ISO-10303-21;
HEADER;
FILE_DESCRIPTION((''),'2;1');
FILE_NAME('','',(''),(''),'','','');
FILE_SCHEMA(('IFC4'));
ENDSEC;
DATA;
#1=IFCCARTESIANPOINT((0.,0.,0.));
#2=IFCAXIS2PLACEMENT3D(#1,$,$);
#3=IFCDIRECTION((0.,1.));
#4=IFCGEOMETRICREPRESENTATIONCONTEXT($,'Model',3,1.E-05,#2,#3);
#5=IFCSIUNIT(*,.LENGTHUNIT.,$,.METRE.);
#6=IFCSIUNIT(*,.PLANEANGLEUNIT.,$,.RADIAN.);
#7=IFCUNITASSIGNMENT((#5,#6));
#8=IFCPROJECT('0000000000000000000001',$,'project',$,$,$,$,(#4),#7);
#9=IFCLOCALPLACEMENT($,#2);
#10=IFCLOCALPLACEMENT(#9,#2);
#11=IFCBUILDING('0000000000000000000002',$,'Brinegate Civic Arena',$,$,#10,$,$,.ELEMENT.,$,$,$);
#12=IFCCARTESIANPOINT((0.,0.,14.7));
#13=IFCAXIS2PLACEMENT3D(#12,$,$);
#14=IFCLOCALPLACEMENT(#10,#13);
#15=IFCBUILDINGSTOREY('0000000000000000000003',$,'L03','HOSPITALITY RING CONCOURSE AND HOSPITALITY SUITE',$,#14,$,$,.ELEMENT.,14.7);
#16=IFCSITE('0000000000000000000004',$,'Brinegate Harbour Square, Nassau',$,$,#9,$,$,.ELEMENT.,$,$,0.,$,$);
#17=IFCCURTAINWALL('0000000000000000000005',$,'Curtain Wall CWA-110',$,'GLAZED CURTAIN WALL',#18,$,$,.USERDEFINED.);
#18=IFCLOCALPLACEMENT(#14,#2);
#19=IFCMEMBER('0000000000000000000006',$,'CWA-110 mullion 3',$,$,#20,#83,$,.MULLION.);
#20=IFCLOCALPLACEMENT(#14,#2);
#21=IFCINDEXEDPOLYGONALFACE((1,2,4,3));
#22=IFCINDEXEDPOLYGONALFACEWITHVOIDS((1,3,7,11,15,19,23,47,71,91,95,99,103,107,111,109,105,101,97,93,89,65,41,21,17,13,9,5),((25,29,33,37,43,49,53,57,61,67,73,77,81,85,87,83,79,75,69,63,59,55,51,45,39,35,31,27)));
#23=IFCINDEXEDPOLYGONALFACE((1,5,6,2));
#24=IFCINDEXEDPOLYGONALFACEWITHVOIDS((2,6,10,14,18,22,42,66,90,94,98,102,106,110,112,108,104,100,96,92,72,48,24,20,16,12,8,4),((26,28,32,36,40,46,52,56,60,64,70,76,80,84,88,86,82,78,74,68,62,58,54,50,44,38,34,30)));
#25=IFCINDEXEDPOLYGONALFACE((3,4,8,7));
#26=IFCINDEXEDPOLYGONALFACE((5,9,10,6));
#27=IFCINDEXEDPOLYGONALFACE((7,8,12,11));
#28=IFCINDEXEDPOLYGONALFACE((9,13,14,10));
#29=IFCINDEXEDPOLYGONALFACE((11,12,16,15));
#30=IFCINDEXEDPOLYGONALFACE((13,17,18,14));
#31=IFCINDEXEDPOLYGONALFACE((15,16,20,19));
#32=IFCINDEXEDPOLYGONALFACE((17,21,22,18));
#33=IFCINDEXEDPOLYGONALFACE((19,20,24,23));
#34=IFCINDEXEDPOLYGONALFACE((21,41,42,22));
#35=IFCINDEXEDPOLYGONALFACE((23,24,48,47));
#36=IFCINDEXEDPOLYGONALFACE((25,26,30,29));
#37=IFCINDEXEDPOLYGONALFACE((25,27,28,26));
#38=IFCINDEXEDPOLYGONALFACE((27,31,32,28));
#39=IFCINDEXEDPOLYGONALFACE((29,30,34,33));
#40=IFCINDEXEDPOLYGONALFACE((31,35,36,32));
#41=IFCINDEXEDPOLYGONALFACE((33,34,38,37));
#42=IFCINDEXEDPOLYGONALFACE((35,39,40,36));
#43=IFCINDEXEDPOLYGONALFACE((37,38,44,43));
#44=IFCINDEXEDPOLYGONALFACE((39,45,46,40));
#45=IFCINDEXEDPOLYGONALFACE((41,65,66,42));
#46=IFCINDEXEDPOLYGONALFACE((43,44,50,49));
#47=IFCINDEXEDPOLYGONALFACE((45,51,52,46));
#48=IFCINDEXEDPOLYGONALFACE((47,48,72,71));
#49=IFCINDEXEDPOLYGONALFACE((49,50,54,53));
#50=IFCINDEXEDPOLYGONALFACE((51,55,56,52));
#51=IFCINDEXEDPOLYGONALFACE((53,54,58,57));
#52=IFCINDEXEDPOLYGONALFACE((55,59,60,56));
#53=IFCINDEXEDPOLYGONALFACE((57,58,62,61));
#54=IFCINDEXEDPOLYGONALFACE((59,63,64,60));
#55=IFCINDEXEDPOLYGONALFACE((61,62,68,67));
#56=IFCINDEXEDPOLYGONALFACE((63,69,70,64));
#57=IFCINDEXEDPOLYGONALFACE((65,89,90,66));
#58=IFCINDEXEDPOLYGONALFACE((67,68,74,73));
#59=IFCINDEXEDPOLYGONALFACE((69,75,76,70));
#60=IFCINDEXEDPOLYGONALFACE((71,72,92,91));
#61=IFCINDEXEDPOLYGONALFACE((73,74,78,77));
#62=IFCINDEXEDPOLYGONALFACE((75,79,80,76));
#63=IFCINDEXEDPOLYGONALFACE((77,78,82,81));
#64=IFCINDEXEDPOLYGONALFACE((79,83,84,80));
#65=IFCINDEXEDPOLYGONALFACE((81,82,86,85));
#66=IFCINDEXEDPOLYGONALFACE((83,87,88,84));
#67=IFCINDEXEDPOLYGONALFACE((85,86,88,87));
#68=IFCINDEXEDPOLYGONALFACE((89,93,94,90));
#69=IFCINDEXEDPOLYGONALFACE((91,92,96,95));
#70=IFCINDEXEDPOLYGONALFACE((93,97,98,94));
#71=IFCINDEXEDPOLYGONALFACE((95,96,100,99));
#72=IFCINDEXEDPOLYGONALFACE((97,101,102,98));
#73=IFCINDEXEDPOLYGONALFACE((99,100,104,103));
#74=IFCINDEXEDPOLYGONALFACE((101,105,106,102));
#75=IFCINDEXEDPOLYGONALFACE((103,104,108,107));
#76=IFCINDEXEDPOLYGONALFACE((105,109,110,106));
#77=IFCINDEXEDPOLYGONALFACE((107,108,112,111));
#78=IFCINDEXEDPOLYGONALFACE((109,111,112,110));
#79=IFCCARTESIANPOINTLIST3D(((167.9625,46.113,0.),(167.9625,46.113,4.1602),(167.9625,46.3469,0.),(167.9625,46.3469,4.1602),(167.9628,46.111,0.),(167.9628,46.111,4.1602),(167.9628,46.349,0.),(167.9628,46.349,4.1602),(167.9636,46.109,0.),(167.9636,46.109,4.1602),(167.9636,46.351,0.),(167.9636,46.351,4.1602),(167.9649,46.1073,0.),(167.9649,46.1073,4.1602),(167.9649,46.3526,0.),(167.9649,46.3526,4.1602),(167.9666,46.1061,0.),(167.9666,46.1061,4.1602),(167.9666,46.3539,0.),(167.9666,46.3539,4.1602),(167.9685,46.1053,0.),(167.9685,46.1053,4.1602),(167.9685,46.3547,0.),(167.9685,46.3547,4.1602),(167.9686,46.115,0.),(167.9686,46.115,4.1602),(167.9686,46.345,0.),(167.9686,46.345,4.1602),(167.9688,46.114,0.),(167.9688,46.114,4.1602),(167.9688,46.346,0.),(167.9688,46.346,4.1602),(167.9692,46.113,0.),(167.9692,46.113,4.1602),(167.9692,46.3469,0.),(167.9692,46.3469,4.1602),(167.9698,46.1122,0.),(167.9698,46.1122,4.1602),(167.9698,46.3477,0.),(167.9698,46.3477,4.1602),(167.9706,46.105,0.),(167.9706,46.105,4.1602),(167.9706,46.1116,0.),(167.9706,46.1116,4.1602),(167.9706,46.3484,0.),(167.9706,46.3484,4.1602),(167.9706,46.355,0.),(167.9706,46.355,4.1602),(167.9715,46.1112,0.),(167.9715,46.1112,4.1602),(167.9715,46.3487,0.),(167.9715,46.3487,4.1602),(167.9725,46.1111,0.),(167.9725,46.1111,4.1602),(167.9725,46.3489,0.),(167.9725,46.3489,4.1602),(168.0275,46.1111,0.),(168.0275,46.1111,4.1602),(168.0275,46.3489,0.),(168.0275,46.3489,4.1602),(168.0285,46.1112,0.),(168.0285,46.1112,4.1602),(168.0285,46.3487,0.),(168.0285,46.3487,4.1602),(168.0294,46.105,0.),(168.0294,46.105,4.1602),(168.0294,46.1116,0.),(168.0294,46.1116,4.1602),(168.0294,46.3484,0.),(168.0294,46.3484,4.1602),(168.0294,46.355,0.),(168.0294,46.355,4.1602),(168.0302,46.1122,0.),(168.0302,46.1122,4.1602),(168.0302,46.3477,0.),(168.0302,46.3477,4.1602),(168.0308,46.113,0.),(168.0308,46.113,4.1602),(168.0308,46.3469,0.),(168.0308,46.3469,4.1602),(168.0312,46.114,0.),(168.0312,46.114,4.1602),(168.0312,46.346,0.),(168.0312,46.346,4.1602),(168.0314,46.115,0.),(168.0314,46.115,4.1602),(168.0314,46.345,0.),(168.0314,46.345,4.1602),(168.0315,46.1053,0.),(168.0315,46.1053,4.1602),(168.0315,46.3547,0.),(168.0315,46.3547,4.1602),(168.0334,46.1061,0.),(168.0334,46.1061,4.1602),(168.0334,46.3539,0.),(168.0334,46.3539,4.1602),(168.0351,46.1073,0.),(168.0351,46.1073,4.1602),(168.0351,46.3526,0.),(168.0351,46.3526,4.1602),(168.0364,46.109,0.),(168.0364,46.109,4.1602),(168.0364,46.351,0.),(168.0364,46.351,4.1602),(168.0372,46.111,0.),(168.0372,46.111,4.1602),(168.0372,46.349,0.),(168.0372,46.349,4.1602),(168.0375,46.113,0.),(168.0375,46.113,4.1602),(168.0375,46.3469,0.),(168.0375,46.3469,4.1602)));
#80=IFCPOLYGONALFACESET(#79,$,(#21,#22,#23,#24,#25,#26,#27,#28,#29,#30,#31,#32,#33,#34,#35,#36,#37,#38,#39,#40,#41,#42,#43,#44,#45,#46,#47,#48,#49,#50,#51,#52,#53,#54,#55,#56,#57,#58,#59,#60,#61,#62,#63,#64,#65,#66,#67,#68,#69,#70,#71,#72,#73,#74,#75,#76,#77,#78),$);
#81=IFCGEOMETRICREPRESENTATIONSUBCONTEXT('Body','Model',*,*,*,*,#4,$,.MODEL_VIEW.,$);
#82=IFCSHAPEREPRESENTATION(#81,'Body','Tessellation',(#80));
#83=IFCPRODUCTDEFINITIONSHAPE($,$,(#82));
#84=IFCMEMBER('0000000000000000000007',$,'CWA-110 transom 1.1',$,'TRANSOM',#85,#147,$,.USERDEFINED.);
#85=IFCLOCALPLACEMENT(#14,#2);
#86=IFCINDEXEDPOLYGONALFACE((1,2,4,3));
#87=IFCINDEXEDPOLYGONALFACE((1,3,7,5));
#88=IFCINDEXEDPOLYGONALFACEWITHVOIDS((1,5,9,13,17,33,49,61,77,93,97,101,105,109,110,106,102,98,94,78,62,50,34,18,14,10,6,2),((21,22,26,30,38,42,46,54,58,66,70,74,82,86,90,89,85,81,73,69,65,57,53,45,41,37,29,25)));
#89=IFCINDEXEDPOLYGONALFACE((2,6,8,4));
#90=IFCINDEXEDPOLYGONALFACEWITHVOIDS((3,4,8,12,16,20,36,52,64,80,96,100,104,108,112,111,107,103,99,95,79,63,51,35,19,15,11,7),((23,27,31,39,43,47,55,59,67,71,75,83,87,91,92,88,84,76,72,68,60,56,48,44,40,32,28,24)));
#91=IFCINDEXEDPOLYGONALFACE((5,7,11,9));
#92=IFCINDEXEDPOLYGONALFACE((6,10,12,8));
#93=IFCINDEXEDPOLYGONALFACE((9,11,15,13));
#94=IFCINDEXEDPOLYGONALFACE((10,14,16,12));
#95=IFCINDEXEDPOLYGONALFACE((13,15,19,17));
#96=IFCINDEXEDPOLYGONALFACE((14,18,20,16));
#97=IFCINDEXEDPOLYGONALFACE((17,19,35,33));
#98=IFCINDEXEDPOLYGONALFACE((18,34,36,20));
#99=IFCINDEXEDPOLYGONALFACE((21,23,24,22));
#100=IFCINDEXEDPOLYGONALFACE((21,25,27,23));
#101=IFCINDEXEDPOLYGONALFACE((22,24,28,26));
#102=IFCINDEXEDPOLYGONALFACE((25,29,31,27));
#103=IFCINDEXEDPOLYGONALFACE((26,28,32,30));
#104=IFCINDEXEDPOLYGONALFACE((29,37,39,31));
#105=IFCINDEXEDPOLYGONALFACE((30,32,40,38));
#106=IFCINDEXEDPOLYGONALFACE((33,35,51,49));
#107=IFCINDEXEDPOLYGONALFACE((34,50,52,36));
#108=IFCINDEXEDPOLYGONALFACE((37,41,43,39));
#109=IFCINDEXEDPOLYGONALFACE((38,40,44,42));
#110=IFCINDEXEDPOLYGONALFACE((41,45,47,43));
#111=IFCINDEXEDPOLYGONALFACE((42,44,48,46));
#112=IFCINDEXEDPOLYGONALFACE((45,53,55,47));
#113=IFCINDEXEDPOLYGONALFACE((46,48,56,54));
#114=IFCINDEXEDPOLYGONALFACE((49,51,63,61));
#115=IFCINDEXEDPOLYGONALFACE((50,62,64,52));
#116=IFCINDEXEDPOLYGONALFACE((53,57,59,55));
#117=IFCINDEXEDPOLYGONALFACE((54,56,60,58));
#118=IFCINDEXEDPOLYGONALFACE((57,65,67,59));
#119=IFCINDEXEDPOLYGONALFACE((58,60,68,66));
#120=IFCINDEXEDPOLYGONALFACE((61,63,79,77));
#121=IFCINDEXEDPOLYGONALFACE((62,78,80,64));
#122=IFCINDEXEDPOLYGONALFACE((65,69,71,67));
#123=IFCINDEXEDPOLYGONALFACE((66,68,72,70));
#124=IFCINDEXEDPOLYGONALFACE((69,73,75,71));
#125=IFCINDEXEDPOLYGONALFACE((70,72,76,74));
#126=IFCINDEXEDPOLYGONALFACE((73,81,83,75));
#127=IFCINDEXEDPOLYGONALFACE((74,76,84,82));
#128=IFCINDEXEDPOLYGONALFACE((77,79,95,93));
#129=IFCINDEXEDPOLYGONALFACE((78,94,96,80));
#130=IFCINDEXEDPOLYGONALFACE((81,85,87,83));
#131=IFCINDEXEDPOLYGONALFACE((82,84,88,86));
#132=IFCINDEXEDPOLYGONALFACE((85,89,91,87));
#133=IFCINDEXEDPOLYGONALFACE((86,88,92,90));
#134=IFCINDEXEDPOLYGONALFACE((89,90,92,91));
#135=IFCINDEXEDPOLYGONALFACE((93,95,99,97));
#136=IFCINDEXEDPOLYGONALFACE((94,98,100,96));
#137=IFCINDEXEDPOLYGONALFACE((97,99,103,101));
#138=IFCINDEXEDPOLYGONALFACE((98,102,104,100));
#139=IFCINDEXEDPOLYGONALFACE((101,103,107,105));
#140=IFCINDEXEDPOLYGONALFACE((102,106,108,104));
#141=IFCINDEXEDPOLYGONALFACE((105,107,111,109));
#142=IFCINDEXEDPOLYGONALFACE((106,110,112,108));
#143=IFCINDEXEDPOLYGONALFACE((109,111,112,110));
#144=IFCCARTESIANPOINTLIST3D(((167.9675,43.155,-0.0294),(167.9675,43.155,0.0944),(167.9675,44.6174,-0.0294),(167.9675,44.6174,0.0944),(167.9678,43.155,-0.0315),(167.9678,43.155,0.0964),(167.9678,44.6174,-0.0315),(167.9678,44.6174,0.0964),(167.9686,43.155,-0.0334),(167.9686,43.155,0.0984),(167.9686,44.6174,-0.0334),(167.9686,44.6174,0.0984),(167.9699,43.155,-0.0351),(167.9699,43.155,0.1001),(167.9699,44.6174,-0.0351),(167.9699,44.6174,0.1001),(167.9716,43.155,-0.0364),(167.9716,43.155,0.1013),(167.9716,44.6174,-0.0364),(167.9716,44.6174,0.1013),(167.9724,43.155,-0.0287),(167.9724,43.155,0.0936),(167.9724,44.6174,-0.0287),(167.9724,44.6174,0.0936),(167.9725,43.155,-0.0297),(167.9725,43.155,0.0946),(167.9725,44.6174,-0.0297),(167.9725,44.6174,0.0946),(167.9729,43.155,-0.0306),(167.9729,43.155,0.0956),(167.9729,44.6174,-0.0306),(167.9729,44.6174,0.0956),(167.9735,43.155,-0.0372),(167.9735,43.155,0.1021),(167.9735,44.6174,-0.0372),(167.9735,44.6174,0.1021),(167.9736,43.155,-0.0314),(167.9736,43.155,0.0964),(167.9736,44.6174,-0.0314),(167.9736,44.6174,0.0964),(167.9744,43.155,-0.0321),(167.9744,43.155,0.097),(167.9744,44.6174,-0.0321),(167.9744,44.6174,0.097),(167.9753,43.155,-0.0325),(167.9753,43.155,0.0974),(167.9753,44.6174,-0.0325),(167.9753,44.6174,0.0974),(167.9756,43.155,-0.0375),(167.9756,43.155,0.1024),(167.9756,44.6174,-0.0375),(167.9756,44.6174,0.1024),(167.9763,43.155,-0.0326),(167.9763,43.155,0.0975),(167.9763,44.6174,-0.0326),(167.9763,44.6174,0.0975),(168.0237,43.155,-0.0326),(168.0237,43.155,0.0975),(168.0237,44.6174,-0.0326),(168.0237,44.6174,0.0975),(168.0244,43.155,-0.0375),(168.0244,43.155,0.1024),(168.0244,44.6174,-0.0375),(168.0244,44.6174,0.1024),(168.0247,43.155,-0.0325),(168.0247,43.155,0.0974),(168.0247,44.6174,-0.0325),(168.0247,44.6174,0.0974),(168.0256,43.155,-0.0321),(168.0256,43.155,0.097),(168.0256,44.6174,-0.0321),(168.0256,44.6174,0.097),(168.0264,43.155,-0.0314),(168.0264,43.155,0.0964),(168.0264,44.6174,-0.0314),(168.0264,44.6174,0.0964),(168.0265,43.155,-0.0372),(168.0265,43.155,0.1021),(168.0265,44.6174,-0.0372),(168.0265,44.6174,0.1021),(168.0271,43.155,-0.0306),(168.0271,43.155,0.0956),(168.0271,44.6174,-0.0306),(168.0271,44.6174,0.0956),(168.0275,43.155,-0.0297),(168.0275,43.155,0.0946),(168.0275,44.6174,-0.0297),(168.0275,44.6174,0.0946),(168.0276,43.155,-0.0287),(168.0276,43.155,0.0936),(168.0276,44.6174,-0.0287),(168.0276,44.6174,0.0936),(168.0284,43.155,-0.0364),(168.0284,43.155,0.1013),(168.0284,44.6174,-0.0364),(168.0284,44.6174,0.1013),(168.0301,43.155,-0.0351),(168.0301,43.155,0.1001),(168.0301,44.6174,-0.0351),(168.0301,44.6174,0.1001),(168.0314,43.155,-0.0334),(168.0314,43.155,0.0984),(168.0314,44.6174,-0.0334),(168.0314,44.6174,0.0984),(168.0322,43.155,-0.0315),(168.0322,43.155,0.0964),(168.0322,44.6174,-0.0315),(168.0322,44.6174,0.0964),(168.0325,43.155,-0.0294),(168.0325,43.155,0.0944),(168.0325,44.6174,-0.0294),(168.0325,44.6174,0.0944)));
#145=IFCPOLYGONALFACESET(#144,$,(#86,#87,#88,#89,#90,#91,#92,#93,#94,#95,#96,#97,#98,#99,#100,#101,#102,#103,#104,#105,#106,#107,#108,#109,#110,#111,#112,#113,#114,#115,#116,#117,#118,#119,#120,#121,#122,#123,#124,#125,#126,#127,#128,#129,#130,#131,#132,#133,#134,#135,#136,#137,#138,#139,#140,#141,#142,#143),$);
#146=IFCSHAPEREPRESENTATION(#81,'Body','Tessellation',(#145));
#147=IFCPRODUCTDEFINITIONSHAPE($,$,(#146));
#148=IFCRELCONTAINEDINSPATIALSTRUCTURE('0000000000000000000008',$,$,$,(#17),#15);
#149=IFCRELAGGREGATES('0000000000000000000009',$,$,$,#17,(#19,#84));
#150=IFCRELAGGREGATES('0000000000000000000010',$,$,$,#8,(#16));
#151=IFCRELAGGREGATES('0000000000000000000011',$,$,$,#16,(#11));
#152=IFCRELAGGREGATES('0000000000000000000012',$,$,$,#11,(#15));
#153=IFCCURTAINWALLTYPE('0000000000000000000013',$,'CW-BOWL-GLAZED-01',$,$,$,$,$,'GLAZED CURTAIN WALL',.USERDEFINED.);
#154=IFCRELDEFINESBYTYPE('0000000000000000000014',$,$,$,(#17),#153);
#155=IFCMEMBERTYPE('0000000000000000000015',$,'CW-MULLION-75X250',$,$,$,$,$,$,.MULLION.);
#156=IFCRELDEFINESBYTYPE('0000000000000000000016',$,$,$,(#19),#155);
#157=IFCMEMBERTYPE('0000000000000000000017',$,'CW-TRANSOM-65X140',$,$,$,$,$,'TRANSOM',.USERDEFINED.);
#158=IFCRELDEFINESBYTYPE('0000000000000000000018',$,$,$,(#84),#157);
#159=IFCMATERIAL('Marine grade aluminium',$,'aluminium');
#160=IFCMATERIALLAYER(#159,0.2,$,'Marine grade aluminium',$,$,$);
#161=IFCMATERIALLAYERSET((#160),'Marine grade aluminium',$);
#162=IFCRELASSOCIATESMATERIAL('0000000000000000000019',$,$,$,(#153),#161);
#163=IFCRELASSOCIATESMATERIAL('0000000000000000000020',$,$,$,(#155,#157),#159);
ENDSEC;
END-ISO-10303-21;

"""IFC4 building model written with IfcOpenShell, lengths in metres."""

from ifc_helpers import new_model, si_unit, direction, frame, origin, origin_2d, place, context, subcontext, project, spatial, hollow_rectangle, extrude, material, layer, layer_set, material_profile, profile_set, type_object, element, aggregate, save


model = new_model("IFC4")

# Units and contexts
model_context = context("Model", 3, precision=1e-05, world=origin(), true_north=direction((0.0, 1.0)))
body_context = subcontext(model_context, "Body", "Model", "MODEL_VIEW")
ifc_project = project(units=[si_unit("LENGTHUNIT", "METRE"), si_unit("PLANEANGLEUNIT", "RADIAN")], contexts=[model_context])

# Site, building, storey
site_placement = place(None, origin())
site = spatial("IfcSite", under=ifc_project, at=site_placement, Name="Brinegate Harbour Square, Nassau", CompositionType="ELEMENT", RefElevation=0.0)
building_placement = place(site_placement, origin())
building = spatial("IfcBuilding", under=site, at=building_placement, Name="Brinegate Civic Arena", CompositionType="ELEMENT")
storey_placement = place(building_placement, frame((0.0, 0.0, 14.7)))
storey = spatial("IfcBuildingStorey", under=building, at=storey_placement, Name="L03", Description="HOSPITALITY RING CONCOURSE AND HOSPITALITY SUITE", CompositionType="ELEMENT", Elevation=14.7)

# Shared definitions
ifc_material_1 = material(Name="Marine grade aluminium", Category="aluminium")
ifc_layer_1 = layer(ifc_material_1, 0.2, Name="Marine grade aluminium")
ifc_layer_set_1 = layer_set([ifc_layer_1], Name="Marine grade aluminium")
curtain_wall_type = type_object("IfcCurtainWallType", Name="CW-BOWL-GLAZED-01", ElementType="GLAZED CURTAIN WALL", PredefinedType="USERDEFINED", material=ifc_layer_set_1)

# Curtain wall, members
curtain_wall_1_placement = place(storey_placement, origin())
curtain_wall_1 = element("IfcCurtainWall", 1, at=curtain_wall_1_placement, inside=storey, type_object=curtain_wall_type, Name="Curtain Wall CWA-110", ObjectType="GLAZED CURTAIN WALL", PredefinedType="USERDEFINED")
ifc_material_profile_1 = material_profile(ifc_material_1, hollow_rectangle(XDim=0.075, YDim=0.25, WallThickness=0.0061, InnerFilletRadius=0.0039, OuterFilletRadius=0.0081, at=origin_2d()), Name="MUL75X250")
ifc_profile_set_1 = profile_set([ifc_material_profile_1], Name="Marine grade aluminium")
member_type_1 = type_object("IfcMemberType", Name="CW-MULLION-75X250", PredefinedType="MULLION", material=ifc_profile_set_1)
member_1_placement = place(storey_placement, frame((168.0, 46.23, 0.0), z_axis=(0.0, 0.0, 1.0), x_axis=(-1.0, 0.0, 0.0)))
member_1 = element("IfcMember", 2, at=member_1_placement, type_object=member_type_1, Name="CWA-110 mullion 3", PredefinedType="MULLION", context=body_context, shape_type="SweptSolid", body=[
    extrude(hollow_rectangle(XDim=0.075, YDim=0.25, WallThickness=0.0061, InnerFilletRadius=0.0039, OuterFilletRadius=0.0081, at=origin_2d()), origin(), (0.0, 0.0, 1.0), 4.1602),
])
ifc_material_profile_2 = material_profile(ifc_material_1, hollow_rectangle(XDim=0.0649, YDim=0.1399, WallThickness=0.0049, InnerFilletRadius=0.0039, OuterFilletRadius=0.0081, at=origin_2d()), Name="TRN65X140")
ifc_profile_set_2 = profile_set([ifc_material_profile_2], Name="Marine grade aluminium")
member_type_2 = type_object("IfcMemberType", Name="CW-TRANSOM-65X140", ElementType="TRANSOM", PredefinedType="USERDEFINED", material=ifc_profile_set_2)
member_2_placement = place(storey_placement, frame((168.0, 43.155, 0.0325), z_axis=(0.0, 1.0, 0.0), x_axis=(-1.0, 0.0, 0.0)))
member_2 = element("IfcMember", 3, at=member_2_placement, type_object=member_type_2, Name="CWA-110 transom 1.1", ObjectType="TRANSOM", PredefinedType="USERDEFINED", context=body_context, shape_type="SweptSolid", body=[
    extrude(hollow_rectangle(XDim=0.0649, YDim=0.1399, WallThickness=0.0049, InnerFilletRadius=0.0039, OuterFilletRadius=0.0081, at=origin_2d()), origin(), (0.0, 0.0, 1.0), 1.4624),
])

aggregate(curtain_wall_1, [member_1, member_2])

save(model, "model.ifc")
